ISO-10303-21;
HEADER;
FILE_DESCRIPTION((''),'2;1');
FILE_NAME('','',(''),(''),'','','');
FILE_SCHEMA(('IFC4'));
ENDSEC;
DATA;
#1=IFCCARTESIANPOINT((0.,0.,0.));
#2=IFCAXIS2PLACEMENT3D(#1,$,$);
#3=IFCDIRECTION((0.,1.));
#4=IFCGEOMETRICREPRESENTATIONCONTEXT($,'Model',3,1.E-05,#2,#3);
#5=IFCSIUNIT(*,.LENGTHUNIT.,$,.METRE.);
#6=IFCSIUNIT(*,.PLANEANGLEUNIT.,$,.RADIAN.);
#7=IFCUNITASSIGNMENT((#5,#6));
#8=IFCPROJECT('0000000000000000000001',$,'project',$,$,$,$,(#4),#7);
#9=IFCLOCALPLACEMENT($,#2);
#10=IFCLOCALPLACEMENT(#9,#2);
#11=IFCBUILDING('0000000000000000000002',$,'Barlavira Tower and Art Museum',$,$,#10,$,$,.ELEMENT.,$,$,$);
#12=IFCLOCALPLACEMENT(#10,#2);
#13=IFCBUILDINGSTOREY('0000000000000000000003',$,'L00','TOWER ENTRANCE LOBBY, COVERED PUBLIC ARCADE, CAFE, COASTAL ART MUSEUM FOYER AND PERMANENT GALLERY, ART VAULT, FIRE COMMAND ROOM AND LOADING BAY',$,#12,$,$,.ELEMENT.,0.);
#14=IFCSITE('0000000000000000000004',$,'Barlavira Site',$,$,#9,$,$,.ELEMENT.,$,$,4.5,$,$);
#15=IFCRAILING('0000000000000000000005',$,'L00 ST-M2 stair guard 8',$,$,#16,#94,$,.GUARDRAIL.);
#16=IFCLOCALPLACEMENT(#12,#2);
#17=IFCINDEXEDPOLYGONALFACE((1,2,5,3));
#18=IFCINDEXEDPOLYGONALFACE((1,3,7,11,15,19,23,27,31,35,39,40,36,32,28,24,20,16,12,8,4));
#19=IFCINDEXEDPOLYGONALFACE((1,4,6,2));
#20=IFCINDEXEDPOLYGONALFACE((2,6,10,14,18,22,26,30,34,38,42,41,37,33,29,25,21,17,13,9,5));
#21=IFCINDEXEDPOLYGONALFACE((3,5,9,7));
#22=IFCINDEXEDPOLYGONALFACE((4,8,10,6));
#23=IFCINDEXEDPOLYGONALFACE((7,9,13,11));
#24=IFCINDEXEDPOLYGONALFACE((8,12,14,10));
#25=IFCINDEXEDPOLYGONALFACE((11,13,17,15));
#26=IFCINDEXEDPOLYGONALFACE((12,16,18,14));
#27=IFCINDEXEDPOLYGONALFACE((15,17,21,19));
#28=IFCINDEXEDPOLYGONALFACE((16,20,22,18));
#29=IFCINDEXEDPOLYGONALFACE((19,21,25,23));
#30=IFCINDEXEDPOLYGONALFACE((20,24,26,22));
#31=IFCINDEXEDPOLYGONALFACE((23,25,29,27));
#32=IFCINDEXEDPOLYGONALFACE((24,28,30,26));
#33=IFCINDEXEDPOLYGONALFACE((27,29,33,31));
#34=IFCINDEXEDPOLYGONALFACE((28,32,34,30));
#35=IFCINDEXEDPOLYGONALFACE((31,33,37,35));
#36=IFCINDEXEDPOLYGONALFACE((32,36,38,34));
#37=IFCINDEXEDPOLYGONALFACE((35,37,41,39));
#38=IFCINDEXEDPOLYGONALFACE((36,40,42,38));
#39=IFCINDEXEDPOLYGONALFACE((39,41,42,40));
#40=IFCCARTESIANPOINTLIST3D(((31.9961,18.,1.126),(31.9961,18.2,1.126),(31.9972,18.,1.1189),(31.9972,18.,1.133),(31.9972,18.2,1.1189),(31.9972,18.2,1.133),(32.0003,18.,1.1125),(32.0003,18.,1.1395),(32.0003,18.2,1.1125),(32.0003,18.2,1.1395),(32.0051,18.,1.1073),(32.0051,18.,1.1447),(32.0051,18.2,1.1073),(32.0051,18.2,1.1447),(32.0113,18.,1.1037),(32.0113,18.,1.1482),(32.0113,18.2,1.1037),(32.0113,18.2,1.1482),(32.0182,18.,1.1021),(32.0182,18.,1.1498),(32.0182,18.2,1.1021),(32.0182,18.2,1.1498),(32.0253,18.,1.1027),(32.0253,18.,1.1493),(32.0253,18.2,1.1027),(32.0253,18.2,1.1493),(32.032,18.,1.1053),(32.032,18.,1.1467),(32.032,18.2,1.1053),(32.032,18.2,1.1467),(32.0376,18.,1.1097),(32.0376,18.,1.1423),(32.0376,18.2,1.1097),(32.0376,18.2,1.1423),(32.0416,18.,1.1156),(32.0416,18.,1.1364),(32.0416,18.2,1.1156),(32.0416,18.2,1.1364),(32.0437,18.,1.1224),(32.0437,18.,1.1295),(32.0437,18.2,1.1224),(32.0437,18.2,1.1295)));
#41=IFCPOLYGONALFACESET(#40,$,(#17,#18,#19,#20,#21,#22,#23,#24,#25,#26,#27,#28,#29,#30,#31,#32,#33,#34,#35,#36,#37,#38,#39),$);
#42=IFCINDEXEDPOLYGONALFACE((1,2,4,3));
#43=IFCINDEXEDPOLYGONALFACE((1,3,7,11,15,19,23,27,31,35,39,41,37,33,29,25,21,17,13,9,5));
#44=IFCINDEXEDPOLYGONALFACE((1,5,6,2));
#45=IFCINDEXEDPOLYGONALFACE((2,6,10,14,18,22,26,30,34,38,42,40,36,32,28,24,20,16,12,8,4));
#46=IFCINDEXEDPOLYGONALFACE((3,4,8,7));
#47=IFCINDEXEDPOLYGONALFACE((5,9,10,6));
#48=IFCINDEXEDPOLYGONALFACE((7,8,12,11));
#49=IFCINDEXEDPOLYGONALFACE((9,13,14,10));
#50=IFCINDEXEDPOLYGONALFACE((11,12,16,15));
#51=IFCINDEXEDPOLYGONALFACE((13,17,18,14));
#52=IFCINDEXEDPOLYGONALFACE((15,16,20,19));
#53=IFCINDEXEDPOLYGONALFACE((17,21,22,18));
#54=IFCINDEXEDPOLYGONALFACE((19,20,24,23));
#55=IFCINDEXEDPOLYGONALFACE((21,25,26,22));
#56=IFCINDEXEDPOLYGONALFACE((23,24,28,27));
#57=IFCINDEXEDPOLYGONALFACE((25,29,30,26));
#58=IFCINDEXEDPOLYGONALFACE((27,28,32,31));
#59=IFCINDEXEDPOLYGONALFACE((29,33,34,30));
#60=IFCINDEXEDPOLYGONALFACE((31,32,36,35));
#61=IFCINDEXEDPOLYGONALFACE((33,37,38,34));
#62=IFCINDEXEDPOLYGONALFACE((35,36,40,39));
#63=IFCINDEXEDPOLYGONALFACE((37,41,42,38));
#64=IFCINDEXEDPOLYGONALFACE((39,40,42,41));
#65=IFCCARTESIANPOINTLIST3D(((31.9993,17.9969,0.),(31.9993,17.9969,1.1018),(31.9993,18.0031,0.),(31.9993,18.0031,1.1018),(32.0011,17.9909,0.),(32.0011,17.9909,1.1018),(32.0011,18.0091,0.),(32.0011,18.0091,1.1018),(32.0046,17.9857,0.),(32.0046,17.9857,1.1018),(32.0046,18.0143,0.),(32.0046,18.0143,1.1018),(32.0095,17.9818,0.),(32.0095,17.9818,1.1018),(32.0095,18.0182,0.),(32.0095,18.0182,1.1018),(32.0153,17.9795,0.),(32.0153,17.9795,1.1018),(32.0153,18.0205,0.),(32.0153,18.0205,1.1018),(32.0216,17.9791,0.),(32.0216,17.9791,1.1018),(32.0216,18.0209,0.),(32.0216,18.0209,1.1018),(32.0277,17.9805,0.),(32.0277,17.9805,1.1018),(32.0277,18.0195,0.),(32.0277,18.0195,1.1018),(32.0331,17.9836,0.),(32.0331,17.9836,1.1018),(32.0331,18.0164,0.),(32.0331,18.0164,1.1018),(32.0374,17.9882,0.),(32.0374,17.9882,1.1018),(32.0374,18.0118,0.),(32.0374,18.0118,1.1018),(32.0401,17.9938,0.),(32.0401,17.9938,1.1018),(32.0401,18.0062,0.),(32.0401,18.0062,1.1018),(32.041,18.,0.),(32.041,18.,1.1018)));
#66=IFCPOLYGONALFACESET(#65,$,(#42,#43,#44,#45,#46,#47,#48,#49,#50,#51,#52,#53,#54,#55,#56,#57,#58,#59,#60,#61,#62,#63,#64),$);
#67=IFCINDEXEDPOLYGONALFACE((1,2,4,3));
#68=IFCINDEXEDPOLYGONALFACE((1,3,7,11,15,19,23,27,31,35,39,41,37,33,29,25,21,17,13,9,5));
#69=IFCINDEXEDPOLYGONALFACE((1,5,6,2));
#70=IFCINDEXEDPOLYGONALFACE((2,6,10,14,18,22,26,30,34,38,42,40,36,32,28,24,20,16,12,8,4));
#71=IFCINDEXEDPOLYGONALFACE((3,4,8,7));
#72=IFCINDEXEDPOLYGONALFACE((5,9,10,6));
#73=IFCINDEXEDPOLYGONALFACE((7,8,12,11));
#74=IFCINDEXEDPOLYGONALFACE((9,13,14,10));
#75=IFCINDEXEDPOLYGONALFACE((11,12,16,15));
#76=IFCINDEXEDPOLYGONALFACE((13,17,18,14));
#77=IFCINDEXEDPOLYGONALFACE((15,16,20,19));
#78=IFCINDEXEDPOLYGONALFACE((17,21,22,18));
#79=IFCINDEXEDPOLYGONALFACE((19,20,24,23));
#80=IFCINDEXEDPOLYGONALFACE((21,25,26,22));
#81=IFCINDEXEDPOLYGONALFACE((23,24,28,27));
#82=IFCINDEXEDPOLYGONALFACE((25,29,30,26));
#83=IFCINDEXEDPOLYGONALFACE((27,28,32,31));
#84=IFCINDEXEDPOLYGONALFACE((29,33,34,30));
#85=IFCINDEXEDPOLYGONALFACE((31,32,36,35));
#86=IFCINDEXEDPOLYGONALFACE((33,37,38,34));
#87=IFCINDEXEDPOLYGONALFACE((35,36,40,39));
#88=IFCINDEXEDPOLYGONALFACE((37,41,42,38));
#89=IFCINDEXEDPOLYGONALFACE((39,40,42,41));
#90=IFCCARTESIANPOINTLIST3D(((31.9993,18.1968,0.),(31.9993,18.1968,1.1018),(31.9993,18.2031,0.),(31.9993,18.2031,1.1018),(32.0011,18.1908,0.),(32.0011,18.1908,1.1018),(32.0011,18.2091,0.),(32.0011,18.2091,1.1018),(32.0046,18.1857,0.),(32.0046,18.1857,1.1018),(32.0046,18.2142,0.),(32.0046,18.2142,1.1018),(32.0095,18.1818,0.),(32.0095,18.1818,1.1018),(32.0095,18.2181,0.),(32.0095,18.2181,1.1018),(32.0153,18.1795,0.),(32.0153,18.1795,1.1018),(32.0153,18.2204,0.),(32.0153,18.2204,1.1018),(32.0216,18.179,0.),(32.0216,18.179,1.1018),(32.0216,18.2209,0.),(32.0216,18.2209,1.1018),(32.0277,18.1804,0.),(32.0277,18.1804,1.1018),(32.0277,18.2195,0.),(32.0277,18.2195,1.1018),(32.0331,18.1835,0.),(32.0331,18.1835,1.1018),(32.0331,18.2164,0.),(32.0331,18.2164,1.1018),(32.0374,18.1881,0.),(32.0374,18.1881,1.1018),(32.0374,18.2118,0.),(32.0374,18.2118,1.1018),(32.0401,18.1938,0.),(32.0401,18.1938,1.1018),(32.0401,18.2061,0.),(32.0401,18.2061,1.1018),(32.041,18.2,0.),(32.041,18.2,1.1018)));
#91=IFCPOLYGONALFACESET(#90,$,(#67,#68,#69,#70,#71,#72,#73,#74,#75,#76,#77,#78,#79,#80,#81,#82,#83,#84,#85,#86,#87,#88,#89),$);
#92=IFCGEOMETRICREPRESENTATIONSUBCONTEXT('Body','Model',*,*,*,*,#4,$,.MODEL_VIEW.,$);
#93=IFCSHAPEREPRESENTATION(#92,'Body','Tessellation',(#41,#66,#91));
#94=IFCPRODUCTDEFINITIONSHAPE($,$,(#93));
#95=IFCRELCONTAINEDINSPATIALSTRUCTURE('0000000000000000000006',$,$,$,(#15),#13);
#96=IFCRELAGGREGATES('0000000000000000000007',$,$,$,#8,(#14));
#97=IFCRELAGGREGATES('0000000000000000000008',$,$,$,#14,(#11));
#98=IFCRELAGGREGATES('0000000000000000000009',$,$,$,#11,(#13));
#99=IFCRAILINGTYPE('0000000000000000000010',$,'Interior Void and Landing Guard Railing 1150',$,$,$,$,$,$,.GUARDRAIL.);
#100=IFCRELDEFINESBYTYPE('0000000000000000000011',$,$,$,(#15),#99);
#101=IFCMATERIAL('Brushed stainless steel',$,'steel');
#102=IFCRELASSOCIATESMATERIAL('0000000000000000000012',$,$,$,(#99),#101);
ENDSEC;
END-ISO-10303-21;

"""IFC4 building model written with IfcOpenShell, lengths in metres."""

from ifc_helpers import new_model, si_unit, direction, frame, origin, origin_2d, place, context, subcontext, project, spatial, circle, extrude, material, type_object, element, save


model = new_model("IFC4")

# Units and contexts
model_context = context("Model", 3, precision=1e-05, world=origin(), true_north=direction((0.0, 1.0)))
body_context = subcontext(model_context, "Body", "Model", "MODEL_VIEW")
ifc_project = project(units=[si_unit("LENGTHUNIT", "METRE"), si_unit("PLANEANGLEUNIT", "RADIAN")], contexts=[model_context])

# Site, building, storey
site_placement = place(None, origin())
site = spatial("IfcSite", under=ifc_project, at=site_placement, Name="Barlavira Site", CompositionType="ELEMENT", RefElevation=4.5)
building_placement = place(site_placement, origin())
building = spatial("IfcBuilding", under=site, at=building_placement, Name="Barlavira Tower and Art Museum", CompositionType="ELEMENT")
storey_placement = place(building_placement, origin())
storey = spatial("IfcBuildingStorey", under=building, at=storey_placement, Name="L00", Description="TOWER ENTRANCE LOBBY, COVERED PUBLIC ARCADE, CAFE, COASTAL ART MUSEUM FOYER AND PERMANENT GALLERY, ART VAULT, FIRE COMMAND ROOM AND LOADING BAY", CompositionType="ELEMENT", Elevation=0.0)

# Shared definitions
ifc_material_1 = material(Name="Brushed stainless steel", Category="steel")

# Railing
railing_type_1 = type_object("IfcRailingType", Name="Interior Void and Landing Guard Railing 1150", PredefinedType="GUARDRAIL", material=ifc_material_1)
railing_1_placement = place(storey_placement, frame((32.02, 18.0, 0.0)))
element("IfcRailing", 1, at=railing_1_placement, inside=storey, type_object=railing_type_1, Name="L00 ST-M2 stair guard 8", PredefinedType="GUARDRAIL", context=body_context, shape_type="SweptSolid", body=[
    extrude(circle(Radius=0.0239, at=origin_2d()), frame((0.0, 0.0, 1.126), z_axis=(0.0, 1.0, 0.0), x_axis=(-1.0, 0.0, 0.0)), (0.0, 0.0, 1.0), 0.2),
    extrude(circle(Radius=0.021, at=origin_2d()), origin(), (0.0, 0.0, 1.0), 1.1018),
    extrude(circle(Radius=0.021, at=origin_2d()), frame((0.0, 0.2, 0.0)), (0.0, 0.0, 1.0), 1.1018),
])

save(model, "model.ifc")
